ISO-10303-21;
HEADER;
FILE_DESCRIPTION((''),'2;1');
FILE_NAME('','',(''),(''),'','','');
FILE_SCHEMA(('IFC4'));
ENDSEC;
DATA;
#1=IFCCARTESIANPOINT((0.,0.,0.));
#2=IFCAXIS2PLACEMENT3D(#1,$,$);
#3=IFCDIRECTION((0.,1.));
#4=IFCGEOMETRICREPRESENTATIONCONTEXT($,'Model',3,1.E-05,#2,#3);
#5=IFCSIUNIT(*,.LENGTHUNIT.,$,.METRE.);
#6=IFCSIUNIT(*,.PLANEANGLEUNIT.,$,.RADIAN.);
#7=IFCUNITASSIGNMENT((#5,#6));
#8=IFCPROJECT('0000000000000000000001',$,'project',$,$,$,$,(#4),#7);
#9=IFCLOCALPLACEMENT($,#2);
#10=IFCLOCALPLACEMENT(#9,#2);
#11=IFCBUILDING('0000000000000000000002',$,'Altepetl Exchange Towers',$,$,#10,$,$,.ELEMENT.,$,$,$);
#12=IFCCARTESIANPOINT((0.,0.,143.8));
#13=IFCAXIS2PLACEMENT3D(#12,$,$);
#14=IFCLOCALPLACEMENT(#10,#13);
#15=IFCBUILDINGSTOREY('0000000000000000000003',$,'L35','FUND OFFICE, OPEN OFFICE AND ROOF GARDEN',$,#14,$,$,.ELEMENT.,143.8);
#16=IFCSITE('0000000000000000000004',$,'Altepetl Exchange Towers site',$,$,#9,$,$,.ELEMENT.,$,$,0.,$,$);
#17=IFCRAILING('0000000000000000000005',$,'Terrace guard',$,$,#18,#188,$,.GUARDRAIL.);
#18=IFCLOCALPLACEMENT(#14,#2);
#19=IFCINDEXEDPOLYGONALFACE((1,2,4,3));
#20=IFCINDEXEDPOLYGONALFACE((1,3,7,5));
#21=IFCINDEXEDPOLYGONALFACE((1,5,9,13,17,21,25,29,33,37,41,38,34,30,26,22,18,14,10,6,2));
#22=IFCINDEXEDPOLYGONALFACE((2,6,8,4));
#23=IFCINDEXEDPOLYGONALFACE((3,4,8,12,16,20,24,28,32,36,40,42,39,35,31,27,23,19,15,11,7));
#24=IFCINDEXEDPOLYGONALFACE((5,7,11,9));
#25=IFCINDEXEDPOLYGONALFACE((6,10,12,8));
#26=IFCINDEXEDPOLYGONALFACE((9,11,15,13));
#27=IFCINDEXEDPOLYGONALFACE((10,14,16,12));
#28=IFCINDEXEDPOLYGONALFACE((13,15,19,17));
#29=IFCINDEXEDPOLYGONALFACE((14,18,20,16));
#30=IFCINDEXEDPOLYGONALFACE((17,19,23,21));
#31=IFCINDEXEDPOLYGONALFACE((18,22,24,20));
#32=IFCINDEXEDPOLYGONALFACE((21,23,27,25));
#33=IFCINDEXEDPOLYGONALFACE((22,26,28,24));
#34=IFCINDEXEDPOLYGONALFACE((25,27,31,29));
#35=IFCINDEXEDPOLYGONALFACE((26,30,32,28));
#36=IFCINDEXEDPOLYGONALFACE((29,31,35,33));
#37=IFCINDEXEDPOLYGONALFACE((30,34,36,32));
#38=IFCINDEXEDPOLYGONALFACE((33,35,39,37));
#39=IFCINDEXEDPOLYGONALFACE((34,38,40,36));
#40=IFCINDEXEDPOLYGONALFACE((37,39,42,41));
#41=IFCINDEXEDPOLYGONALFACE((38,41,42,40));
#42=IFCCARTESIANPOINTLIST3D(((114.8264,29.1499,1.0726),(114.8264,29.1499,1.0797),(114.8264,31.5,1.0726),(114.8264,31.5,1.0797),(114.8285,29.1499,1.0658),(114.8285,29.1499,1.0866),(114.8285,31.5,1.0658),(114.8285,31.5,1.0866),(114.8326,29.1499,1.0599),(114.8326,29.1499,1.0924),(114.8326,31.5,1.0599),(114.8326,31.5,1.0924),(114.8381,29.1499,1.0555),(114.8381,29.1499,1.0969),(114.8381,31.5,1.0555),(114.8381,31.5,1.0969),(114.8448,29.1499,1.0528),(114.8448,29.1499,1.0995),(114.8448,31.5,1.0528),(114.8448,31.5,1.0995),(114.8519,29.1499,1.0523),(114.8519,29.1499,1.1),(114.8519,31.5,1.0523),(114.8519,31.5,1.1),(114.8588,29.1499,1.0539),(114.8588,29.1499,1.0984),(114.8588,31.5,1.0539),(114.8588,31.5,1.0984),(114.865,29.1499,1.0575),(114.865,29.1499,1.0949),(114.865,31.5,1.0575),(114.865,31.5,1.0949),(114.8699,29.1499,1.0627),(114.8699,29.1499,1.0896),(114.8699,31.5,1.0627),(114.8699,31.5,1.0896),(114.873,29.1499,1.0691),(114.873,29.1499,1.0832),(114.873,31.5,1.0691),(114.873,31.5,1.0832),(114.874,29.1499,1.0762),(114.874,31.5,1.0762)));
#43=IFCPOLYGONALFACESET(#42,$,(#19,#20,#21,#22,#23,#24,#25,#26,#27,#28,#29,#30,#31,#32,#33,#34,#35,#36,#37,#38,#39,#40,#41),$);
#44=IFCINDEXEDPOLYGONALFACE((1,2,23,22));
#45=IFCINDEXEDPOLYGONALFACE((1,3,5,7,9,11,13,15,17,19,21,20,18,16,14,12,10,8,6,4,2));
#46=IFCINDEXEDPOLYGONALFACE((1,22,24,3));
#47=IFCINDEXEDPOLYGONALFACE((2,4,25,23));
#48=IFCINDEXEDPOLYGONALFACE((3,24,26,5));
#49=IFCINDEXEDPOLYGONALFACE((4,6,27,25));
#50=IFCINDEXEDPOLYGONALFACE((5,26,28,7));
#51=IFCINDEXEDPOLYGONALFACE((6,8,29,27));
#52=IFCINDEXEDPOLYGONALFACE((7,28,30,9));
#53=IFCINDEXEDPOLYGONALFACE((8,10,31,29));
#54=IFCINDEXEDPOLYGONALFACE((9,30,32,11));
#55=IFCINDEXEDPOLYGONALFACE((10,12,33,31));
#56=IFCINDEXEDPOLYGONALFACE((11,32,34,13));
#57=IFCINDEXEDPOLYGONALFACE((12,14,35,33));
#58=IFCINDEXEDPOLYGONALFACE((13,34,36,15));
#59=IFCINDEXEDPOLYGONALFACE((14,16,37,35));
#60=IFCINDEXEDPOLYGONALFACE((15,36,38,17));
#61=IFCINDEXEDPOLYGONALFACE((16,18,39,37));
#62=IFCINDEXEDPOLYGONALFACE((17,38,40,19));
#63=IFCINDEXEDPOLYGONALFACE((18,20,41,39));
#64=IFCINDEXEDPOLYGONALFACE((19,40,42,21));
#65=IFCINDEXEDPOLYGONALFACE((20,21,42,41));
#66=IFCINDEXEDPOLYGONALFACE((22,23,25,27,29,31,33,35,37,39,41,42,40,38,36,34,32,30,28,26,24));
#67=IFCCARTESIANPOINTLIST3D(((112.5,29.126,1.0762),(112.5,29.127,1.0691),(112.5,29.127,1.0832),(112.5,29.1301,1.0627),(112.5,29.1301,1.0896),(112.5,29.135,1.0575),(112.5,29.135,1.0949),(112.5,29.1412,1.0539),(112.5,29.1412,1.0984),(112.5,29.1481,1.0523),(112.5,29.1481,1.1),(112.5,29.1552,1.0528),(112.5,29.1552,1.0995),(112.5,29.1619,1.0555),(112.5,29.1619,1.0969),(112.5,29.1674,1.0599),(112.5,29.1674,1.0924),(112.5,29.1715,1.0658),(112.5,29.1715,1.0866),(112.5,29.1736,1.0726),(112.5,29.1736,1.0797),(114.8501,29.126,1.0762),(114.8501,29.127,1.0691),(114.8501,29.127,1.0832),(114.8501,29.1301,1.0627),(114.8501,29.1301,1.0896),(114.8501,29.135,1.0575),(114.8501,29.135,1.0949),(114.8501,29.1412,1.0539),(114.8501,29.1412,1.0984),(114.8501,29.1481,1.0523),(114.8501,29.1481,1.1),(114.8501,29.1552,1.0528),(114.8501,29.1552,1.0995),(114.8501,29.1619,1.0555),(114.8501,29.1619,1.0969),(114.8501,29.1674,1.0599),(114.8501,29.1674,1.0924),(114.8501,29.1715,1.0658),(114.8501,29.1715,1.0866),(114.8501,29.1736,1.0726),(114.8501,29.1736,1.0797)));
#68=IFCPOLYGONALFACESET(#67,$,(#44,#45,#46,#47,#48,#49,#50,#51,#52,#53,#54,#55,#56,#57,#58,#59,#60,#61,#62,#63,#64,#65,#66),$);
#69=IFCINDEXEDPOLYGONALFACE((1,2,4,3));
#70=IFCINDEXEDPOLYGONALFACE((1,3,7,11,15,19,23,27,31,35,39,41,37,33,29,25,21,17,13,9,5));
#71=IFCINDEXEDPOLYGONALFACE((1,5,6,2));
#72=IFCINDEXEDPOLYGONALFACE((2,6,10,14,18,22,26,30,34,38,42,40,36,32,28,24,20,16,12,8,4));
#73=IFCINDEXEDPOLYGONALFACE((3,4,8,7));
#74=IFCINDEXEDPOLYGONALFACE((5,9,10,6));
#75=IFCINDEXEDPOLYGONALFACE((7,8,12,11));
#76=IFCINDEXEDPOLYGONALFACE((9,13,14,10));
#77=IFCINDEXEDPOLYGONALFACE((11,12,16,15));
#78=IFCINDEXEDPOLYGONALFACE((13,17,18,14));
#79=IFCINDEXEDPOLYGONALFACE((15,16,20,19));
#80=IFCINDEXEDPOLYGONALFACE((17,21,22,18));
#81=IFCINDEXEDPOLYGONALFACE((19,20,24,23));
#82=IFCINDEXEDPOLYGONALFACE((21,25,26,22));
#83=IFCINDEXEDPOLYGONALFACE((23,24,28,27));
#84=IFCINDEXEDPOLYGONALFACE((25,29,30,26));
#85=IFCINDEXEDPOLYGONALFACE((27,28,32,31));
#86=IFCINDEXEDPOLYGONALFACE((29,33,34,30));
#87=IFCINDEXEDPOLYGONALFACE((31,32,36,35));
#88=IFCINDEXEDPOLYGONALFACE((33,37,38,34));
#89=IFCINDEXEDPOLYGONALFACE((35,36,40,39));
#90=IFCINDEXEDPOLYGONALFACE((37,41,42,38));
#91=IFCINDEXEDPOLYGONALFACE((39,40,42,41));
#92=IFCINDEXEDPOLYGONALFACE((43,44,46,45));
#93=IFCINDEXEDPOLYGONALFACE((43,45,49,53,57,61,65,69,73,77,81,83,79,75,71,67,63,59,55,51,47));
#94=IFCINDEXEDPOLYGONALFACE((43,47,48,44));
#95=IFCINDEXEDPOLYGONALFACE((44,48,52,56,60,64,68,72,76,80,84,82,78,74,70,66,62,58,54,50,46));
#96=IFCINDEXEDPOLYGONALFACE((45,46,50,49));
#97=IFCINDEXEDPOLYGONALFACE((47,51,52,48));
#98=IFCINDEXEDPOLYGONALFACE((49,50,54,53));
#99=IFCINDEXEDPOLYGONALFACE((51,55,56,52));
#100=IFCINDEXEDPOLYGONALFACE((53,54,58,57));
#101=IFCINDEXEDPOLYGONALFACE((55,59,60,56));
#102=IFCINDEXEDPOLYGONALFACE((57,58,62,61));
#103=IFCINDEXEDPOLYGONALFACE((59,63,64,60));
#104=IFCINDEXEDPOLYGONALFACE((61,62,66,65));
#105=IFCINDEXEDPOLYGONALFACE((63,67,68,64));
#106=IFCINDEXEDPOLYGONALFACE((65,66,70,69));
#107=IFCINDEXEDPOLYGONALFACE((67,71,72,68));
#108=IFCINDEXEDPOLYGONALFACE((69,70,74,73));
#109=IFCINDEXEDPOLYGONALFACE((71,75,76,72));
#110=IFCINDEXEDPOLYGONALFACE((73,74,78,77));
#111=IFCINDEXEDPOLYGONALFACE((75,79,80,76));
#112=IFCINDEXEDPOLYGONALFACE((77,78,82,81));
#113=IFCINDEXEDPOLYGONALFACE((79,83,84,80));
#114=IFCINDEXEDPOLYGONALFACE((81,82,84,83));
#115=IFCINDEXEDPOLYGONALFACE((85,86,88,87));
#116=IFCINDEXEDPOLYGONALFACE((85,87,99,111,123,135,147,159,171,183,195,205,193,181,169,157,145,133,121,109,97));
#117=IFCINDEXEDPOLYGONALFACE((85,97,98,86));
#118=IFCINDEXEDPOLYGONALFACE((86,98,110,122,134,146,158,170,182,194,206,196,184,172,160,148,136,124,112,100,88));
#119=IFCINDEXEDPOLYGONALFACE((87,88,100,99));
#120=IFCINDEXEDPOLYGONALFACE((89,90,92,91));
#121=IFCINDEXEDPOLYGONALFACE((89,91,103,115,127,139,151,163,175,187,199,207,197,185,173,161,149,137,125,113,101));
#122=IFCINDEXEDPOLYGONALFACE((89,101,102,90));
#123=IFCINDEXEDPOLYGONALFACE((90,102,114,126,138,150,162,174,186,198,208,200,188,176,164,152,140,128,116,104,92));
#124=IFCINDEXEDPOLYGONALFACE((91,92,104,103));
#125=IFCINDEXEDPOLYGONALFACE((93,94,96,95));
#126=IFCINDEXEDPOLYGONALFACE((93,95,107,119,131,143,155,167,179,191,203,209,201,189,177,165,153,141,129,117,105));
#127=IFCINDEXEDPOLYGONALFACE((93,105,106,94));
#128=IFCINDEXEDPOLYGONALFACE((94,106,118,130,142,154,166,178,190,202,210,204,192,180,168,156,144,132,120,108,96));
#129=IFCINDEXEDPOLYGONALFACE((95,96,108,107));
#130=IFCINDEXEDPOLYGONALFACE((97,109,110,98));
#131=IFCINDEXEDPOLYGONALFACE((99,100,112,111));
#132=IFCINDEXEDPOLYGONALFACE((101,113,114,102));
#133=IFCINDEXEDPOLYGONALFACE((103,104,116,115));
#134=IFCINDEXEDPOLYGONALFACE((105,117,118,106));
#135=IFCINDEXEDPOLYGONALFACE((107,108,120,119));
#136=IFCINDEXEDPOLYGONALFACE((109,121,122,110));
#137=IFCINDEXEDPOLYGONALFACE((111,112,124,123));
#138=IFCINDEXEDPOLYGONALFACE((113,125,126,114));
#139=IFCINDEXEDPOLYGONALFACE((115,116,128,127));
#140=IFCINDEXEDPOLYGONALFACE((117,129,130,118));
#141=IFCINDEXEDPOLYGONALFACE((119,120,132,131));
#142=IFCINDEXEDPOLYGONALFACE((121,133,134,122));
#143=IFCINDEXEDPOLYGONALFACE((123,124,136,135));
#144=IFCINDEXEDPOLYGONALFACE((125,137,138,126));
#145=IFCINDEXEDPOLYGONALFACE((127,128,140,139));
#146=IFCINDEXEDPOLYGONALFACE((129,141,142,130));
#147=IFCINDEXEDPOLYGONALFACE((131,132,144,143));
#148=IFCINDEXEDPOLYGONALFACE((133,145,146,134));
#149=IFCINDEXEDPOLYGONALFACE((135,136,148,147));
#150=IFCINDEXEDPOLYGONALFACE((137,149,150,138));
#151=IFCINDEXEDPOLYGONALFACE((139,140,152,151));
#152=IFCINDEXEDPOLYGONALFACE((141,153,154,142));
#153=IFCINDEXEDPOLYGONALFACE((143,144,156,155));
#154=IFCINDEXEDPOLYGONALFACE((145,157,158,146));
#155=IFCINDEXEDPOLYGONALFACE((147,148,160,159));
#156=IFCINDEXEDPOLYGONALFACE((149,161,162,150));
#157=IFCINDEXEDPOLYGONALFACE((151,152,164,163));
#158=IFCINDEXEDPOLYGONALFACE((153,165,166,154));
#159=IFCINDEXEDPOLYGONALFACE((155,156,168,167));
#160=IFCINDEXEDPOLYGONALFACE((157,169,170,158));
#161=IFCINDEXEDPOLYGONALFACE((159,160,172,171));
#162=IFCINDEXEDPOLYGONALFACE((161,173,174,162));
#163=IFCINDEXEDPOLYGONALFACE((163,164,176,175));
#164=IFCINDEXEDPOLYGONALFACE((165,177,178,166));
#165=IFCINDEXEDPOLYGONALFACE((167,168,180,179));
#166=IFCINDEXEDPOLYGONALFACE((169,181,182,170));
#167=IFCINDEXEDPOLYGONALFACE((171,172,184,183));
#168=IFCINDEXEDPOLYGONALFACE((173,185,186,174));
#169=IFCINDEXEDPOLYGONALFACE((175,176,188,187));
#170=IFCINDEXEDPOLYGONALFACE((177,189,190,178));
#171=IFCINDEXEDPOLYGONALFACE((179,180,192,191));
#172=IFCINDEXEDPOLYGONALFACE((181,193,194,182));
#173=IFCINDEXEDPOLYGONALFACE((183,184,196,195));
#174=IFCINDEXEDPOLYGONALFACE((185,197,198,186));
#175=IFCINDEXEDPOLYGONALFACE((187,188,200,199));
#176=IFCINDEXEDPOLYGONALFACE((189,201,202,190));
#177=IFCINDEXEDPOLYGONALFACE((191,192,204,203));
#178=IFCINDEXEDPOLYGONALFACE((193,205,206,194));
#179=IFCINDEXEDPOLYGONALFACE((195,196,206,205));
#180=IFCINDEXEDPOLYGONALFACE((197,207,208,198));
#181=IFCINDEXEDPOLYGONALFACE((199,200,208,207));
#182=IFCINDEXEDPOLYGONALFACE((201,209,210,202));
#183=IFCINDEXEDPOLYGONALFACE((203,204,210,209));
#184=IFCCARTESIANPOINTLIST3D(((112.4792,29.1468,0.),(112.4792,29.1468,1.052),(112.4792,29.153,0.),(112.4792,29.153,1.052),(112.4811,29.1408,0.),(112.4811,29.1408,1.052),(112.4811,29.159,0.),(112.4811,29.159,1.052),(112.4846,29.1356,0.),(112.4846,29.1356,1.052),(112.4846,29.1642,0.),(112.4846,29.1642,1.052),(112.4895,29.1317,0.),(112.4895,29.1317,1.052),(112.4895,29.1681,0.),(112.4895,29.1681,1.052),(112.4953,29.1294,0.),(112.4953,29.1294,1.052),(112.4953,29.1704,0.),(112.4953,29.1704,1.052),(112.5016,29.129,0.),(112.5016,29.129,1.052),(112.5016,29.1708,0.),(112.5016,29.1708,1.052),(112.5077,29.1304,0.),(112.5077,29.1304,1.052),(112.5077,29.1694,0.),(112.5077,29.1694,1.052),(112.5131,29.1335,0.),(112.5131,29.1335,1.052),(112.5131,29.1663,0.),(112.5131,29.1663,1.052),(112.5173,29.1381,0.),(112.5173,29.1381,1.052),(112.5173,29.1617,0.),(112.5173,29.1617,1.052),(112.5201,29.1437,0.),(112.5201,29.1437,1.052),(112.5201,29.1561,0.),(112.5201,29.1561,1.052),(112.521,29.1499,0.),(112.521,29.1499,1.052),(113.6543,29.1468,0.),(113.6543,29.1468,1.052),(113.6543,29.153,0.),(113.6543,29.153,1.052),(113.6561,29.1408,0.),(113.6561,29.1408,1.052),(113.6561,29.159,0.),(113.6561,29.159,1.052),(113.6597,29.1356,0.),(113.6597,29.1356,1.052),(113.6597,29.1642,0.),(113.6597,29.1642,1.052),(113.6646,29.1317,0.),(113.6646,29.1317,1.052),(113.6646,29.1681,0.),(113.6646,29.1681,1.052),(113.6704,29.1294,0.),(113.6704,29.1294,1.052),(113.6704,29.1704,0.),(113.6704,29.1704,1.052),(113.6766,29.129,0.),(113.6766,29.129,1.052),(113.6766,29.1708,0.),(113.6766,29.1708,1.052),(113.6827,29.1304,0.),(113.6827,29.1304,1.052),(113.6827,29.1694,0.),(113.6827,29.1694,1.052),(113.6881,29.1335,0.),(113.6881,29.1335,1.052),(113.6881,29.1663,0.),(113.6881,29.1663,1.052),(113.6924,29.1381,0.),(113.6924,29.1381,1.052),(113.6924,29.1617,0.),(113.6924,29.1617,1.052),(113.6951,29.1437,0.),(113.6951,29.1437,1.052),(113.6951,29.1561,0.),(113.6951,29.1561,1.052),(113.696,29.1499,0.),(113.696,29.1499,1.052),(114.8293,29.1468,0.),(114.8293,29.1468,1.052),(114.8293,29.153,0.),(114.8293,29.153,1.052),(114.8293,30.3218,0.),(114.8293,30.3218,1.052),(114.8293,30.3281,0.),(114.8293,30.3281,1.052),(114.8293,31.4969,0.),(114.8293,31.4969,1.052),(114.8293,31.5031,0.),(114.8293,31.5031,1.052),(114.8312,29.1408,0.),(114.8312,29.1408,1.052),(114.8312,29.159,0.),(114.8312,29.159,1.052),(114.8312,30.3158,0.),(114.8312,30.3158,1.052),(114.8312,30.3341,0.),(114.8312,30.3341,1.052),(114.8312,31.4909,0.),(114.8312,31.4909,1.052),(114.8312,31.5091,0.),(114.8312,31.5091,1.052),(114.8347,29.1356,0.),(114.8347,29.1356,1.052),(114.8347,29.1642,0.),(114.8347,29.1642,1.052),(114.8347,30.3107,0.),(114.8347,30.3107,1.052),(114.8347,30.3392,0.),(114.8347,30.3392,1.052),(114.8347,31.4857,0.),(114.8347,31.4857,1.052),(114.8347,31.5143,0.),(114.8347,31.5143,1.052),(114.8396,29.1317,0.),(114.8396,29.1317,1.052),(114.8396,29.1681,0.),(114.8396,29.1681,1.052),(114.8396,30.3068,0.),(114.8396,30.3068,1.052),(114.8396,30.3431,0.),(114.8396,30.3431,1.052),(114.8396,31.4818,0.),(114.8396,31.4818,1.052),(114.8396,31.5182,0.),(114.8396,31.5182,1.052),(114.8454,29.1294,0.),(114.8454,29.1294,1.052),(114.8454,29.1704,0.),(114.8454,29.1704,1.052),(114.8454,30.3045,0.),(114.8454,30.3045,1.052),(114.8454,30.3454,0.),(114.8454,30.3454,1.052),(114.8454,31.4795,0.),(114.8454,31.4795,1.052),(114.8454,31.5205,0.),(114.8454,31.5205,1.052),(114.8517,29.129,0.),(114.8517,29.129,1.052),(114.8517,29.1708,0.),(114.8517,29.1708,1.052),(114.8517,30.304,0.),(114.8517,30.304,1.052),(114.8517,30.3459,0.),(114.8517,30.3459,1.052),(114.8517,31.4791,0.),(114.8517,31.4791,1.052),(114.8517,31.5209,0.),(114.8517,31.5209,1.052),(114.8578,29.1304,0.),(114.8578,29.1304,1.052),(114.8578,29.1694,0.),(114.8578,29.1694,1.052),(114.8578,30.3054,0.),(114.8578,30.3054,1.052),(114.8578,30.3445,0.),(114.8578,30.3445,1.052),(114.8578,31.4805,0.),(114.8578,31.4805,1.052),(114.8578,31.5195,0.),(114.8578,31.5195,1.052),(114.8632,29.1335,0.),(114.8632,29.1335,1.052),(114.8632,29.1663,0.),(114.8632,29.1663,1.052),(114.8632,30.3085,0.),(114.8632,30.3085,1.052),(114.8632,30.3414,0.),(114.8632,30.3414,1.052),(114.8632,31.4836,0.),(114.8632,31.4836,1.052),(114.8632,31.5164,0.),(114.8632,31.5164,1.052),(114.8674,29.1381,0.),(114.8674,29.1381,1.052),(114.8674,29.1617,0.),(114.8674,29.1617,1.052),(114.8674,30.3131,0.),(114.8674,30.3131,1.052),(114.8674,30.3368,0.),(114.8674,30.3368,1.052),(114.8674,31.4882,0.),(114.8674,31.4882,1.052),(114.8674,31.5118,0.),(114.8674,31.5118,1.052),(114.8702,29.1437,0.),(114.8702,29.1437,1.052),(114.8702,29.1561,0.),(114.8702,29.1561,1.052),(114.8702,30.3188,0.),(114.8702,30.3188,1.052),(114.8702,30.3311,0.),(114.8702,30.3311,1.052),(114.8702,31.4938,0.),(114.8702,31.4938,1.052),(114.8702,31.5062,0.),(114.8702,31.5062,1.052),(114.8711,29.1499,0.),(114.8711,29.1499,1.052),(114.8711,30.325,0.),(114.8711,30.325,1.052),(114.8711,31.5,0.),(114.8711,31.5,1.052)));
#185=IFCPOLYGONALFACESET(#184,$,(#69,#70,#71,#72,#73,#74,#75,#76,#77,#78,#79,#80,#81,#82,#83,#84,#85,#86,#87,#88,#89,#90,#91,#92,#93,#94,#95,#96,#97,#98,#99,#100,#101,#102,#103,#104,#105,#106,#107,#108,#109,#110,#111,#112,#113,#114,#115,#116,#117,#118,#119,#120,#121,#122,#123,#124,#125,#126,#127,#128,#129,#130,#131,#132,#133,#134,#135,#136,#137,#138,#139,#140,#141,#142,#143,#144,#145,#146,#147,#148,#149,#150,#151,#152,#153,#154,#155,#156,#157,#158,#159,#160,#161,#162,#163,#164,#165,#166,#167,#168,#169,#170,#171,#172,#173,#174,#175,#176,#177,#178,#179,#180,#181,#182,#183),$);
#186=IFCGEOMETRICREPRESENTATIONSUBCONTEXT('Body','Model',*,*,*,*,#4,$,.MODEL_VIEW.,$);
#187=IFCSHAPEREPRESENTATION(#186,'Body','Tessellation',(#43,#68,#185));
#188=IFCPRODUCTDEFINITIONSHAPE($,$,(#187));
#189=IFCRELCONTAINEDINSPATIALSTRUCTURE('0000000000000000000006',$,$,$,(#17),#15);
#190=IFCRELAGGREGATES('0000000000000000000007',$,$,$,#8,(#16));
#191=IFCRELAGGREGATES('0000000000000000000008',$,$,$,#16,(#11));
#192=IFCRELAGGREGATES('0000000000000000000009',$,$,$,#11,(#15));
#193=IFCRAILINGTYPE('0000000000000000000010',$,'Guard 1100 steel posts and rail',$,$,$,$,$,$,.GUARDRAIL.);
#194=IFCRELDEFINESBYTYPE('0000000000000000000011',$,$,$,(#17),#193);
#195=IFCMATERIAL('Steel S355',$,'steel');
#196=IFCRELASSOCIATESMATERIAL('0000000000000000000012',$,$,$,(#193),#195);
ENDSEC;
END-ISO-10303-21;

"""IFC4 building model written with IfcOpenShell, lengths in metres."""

from ifc_helpers import new_model, si_unit, direction, frame, origin, origin_2d, place, context, subcontext, project, spatial, circle, extrude, source, transform, mapped, material, type_object, element, save


model = new_model("IFC4")

# Units and contexts
model_context = context("Model", 3, precision=1e-05, world=origin(), true_north=direction((0.0, 1.0)))
body_context = subcontext(model_context, "Body", "Model", "MODEL_VIEW")
ifc_project = project(units=[si_unit("LENGTHUNIT", "METRE"), si_unit("PLANEANGLEUNIT", "RADIAN")], contexts=[model_context])

# Site, building, storey
site_placement = place(None, origin())
site = spatial("IfcSite", under=ifc_project, at=site_placement, Name="Altepetl Exchange Towers site", CompositionType="ELEMENT", RefElevation=0.0)
building_placement = place(site_placement, origin())
building = spatial("IfcBuilding", under=site, at=building_placement, Name="Altepetl Exchange Towers", CompositionType="ELEMENT")
storey_placement = place(building_placement, frame((0.0, 0.0, 143.8)))
storey = spatial("IfcBuildingStorey", under=building, at=storey_placement, Name="L35", Description="FUND OFFICE, OPEN OFFICE AND ROOF GARDEN", CompositionType="ELEMENT", Elevation=143.8)

# Shared definitions
ifc_material_1 = material(Name="Steel S355", Category="steel")

# Railing
railing_type = type_object("IfcRailingType", Name="Guard 1100 steel posts and rail", PredefinedType="GUARDRAIL", material=ifc_material_1)
shared_shape = source(origin(), body_context, "Body", "SweptSolid", [
    extrude(circle(Radius=0.021, at=origin_2d()), origin(), (0.0, 0.0, 1.0), 1.052),
])
railing_placement = place(storey_placement, frame((114.8501, 31.5, 0.0)))
element("IfcRailing", 1, at=railing_placement, inside=storey, type_object=railing_type, Name="Terrace guard", PredefinedType="GUARDRAIL", context=body_context, shape_type="SweptSolid", body=[
    extrude(circle(Radius=0.0239, at=origin_2d()), frame((0.0, 0.0, 1.0762), z_axis=(0.0, -1.0, 0.0), x_axis=(1.0, 0.0, 0.0)), (0.0, 0.0, 1.0), 2.3501),
    extrude(circle(Radius=0.0239, at=origin_2d()), frame((0.0, -2.3501, 1.0762), z_axis=(-1.0, 0.0, 0.0), x_axis=(0.0, -1.0, 0.0)), (0.0, 0.0, 1.0), 2.3501),
    mapped(shared_shape, transform((0.0, 0.0, 0.0))),
    mapped(shared_shape, transform((0.0, -1.175, 0.0))),
    mapped(shared_shape, transform((0.0, -2.3501, 0.0))),
    mapped(shared_shape, transform((-1.175, -2.3501, 0.0))),
    mapped(shared_shape, transform((-2.3501, -2.3501, 0.0))),
])

save(model, "model.ifc")
